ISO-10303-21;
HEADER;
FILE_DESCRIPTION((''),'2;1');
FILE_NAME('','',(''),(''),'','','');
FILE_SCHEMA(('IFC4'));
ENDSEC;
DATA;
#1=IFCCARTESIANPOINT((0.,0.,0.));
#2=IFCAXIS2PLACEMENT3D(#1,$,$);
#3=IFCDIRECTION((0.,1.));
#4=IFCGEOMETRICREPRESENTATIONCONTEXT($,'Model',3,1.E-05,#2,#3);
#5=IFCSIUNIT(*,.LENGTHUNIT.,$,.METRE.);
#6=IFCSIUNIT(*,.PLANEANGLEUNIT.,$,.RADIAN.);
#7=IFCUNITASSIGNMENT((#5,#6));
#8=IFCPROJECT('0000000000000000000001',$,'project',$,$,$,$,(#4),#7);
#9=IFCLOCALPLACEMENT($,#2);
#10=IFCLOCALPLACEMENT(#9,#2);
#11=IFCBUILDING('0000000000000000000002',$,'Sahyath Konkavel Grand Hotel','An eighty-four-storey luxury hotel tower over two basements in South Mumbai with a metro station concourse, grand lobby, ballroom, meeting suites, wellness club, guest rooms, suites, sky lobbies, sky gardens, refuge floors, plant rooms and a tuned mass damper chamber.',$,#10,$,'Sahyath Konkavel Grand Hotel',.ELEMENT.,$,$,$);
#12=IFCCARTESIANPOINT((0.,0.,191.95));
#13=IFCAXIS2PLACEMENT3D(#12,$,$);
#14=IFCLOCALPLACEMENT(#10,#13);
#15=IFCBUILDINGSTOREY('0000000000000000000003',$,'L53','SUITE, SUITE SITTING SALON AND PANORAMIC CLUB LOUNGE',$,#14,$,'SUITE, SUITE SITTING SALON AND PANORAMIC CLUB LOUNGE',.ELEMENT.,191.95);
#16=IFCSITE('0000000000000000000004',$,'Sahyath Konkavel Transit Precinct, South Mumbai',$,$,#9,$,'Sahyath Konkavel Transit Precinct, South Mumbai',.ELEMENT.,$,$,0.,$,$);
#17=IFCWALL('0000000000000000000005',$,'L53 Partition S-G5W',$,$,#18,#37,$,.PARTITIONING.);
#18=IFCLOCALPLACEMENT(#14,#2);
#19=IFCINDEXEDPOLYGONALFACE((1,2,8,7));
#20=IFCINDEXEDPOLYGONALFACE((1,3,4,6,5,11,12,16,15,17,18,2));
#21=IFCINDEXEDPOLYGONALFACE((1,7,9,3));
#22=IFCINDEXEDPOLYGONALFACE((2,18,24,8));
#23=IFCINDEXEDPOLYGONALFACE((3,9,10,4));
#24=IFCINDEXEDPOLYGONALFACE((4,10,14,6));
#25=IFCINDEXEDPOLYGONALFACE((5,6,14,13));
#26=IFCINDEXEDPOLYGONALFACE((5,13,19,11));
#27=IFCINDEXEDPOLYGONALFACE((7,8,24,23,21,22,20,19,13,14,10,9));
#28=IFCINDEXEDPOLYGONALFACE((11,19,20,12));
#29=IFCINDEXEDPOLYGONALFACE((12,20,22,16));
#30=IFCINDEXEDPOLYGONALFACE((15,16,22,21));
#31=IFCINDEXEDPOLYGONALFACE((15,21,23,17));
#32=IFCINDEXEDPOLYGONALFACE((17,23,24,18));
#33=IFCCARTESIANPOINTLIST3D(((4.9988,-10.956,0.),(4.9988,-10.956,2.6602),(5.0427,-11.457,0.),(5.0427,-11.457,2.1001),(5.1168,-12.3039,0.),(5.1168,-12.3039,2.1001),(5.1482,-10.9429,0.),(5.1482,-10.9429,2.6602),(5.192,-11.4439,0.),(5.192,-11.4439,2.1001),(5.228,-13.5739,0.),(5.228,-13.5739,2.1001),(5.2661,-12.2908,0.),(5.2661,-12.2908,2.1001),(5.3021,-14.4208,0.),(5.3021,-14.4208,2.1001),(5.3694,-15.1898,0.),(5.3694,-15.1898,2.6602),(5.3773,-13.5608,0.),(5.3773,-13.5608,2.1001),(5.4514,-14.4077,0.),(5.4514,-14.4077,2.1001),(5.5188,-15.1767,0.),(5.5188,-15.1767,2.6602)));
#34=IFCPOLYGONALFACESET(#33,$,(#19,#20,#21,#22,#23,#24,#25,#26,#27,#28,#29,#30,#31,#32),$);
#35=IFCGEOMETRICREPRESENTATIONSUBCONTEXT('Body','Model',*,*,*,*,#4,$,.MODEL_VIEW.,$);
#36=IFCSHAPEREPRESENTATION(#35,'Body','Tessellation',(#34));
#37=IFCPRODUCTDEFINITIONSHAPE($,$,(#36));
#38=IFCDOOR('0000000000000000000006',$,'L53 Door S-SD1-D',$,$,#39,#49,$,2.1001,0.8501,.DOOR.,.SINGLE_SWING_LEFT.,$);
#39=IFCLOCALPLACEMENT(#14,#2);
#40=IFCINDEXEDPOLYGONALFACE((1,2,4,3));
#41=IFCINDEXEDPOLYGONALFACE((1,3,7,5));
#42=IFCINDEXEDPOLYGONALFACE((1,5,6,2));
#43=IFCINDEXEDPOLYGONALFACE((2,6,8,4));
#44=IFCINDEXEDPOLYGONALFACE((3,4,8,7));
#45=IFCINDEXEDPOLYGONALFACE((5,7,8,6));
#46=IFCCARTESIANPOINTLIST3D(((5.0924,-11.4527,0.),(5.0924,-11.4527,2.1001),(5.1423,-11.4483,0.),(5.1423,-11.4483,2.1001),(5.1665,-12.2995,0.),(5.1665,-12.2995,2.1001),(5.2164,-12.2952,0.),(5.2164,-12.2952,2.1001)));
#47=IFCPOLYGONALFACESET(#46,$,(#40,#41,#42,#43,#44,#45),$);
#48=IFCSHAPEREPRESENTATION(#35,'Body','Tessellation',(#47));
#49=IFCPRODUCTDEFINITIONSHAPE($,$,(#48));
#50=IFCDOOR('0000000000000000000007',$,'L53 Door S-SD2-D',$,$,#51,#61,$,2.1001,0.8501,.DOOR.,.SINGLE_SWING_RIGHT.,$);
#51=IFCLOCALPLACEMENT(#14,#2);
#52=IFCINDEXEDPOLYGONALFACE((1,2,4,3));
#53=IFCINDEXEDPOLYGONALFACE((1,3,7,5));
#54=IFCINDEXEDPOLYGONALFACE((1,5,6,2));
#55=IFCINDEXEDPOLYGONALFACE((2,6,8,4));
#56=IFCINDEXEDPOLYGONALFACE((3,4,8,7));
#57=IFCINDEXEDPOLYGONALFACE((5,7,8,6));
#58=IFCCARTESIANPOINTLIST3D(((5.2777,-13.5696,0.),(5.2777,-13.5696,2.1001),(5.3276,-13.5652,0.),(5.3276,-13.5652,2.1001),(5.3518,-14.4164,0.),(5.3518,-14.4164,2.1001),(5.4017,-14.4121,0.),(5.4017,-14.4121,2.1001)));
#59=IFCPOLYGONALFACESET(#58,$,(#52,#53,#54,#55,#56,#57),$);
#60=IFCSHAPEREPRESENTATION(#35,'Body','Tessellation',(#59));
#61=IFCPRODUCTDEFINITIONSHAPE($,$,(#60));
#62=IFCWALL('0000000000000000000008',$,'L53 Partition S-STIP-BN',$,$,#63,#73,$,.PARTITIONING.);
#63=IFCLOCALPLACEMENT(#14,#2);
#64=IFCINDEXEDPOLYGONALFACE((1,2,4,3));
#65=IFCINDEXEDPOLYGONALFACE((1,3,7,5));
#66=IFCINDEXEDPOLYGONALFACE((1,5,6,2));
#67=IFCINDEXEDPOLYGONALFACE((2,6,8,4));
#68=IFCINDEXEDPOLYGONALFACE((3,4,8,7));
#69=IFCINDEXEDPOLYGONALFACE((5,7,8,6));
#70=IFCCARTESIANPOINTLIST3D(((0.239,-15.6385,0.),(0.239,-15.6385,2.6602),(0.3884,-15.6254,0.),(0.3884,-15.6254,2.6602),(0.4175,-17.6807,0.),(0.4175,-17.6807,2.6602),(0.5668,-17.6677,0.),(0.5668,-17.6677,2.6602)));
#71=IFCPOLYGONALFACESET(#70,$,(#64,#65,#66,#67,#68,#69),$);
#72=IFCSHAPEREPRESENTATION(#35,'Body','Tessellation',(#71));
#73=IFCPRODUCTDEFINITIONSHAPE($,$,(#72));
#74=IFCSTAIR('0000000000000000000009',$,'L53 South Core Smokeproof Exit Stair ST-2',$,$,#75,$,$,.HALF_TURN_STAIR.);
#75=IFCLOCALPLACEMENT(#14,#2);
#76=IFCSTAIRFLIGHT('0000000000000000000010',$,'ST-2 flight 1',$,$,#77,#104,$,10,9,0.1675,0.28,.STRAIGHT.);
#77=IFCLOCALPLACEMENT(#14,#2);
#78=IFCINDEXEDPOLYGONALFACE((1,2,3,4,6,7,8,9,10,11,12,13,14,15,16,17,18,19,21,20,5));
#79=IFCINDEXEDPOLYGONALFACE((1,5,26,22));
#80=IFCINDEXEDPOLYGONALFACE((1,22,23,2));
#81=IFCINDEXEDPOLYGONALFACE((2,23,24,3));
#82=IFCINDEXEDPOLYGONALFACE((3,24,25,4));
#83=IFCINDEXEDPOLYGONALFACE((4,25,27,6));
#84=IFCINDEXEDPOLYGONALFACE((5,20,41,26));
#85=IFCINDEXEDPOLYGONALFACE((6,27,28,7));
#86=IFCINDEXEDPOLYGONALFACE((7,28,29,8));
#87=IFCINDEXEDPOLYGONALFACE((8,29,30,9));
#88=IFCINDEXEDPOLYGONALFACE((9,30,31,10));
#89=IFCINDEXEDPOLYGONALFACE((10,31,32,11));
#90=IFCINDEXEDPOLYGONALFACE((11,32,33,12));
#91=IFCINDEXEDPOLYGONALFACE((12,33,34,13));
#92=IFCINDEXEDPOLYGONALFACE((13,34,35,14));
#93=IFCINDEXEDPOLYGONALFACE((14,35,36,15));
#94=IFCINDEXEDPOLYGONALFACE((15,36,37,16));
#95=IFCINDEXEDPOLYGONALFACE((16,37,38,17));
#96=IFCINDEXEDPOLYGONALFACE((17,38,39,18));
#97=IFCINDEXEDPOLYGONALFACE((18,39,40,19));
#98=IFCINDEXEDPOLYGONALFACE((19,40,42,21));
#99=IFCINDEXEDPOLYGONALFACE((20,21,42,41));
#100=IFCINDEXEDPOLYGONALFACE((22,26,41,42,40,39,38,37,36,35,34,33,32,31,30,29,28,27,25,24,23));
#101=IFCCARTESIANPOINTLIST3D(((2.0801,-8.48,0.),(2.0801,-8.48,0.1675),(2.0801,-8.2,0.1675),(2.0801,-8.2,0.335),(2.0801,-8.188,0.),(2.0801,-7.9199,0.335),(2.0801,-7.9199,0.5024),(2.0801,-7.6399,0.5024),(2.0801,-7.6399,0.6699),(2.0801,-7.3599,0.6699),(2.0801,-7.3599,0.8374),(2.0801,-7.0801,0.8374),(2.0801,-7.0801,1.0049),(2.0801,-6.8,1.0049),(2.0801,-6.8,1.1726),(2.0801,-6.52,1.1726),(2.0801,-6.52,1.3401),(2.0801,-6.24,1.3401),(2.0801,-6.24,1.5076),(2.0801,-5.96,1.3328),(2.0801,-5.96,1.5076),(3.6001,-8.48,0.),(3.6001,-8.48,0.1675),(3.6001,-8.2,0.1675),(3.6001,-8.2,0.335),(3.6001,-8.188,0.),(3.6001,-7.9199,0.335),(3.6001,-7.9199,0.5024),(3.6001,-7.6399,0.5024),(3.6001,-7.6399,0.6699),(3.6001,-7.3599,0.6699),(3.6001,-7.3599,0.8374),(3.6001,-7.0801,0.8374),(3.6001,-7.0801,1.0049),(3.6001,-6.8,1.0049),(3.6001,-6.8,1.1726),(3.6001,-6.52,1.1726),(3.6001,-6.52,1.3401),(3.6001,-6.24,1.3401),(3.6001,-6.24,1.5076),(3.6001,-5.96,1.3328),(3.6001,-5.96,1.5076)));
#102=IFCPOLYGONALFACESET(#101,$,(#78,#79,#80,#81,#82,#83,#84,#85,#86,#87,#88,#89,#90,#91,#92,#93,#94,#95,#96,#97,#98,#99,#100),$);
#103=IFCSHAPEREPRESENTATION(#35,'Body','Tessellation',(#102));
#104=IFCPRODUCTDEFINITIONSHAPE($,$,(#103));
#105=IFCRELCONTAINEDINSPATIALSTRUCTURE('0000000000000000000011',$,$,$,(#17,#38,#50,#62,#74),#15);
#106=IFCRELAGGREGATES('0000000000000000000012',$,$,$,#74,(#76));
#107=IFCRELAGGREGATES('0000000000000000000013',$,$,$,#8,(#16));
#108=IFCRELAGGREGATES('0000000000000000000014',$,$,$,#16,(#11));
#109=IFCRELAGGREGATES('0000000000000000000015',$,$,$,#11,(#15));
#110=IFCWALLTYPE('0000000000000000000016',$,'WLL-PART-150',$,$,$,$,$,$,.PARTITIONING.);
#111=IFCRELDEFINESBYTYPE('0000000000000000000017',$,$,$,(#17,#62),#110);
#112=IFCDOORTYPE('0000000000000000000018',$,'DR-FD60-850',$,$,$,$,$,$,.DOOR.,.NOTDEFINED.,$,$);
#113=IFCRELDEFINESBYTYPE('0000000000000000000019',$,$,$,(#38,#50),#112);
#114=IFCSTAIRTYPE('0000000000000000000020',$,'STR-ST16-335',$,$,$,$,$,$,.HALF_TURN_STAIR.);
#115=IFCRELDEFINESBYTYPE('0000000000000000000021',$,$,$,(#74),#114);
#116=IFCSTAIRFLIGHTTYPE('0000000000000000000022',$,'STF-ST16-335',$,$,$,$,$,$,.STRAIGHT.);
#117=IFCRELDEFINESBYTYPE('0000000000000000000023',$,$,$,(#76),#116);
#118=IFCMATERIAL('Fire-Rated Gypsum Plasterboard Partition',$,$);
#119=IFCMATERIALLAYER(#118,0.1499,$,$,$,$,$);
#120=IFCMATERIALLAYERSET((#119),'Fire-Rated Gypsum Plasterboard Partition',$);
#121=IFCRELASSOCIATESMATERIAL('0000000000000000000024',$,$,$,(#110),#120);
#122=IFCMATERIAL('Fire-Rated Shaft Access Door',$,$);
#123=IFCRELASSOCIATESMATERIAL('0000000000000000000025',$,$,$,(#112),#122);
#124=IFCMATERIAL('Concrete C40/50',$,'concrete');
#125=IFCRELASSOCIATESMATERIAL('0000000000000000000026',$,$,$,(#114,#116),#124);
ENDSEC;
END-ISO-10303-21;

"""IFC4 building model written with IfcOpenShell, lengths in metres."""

from ifc_helpers import new_model, si_unit, direction, frame, frame_2d, origin, origin_2d, place, context, subcontext, project, spatial, polyline, rectangle, outline, extrude, source, transform, mapped, material, layer, layer_set, type_object, element, fill, aggregate, save


model = new_model("IFC4")

# Units and contexts
model_context = context("Model", 3, precision=1e-05, world=origin(), true_north=direction((0.0, 1.0)))
body_context = subcontext(model_context, "Body", "Model", "MODEL_VIEW")
ifc_project = project(units=[si_unit("LENGTHUNIT", "METRE"), si_unit("PLANEANGLEUNIT", "RADIAN")], contexts=[model_context])

# Site, building, storey
site_placement = place(None, origin())
site = spatial("IfcSite", under=ifc_project, at=site_placement, Name="Sahyath Konkavel Transit Precinct, South Mumbai", LongName="Sahyath Konkavel Transit Precinct, South Mumbai", CompositionType="ELEMENT", RefElevation=0.0)
building_placement = place(site_placement, origin())
building = spatial("IfcBuilding", under=site, at=building_placement, Name="Sahyath Konkavel Grand Hotel", Description="An eighty-four-storey luxury hotel tower over two basements in South Mumbai with a metro station concourse, grand lobby, ballroom, meeting suites, wellness club, guest rooms, suites, sky lobbies, sky gardens, refuge floors, plant rooms and a tuned mass damper chamber.", LongName="Sahyath Konkavel Grand Hotel", CompositionType="ELEMENT")
storey_placement = place(building_placement, frame((0.0, 0.0, 191.95)))
storey = spatial("IfcBuildingStorey", under=building, at=storey_placement, Name="L53", Description="SUITE, SUITE SITTING SALON AND PANORAMIC CLUB LOUNGE", LongName="SUITE, SUITE SITTING SALON AND PANORAMIC CLUB LOUNGE", CompositionType="ELEMENT", Elevation=191.95)

# Wall, openings, doors
ifc_material_1 = material(Name="Fire-Rated Gypsum Plasterboard Partition")
ifc_layer_1 = layer(ifc_material_1, 0.1499)
ifc_layer_set_1 = layer_set([ifc_layer_1], Name="Fire-Rated Gypsum Plasterboard Partition")
wall_type_1 = type_object("IfcWallType", Name="WLL-PART-150", PredefinedType="PARTITIONING", material=ifc_layer_set_1)
wall_1_placement = place(storey_placement, frame((5.0735, -10.9495, 0.0), z_axis=(0.0, 0.0, 1.0), x_axis=(0.0872, -0.996191, 0.0)))
wall_1 = element("IfcWall", 1, at=wall_1_placement, inside=storey, type_object=wall_type_1, Name="L53 Partition S-G5W", PredefinedType="PARTITIONING", context=body_context, shape_type="SweptSolid", body=[
    extrude(rectangle(XDim=4.25, YDim=0.1499, at=frame_2d((2.125, 0.0))), origin(), (0.0, 0.0, 1.0), 2.6602),
])
opening_1_placement = place(wall_1_placement, frame((0.5029, 0.0, 0.0)))
opening_1 = element("IfcOpeningElement", 2, at=opening_1_placement, cuts=wall_1, PredefinedType="OPENING", context=body_context, shape_type="SweptSolid", body=[
    extrude(rectangle(XDim=0.8501, YDim=2.1001, at=frame_2d((0.425, 1.05))), frame((0.0, 0.085, 0.0), z_axis=(0.0, -1.0, 0.0), x_axis=(1.0, 0.0, 0.0)), (0.0, 0.0, 1.0), 0.1699),
])
opening_2_placement = place(wall_1_placement, frame((2.6279, 0.0, 0.0)))
opening_2 = element("IfcOpeningElement", 3, at=opening_2_placement, cuts=wall_1, PredefinedType="OPENING", context=body_context, shape_type="SweptSolid", body=[
    extrude(rectangle(XDim=0.8501, YDim=2.1001, at=frame_2d((0.425, 1.05))), frame((0.0, 0.085, 0.0), z_axis=(0.0, -1.0, 0.0), x_axis=(1.0, 0.0, 0.0)), (0.0, 0.0, 1.0), 0.1699),
])
ifc_material_2 = material(Name="Fire-Rated Shaft Access Door")
door_type = type_object("IfcDoorType", Name="DR-FD60-850", OperationType="NOTDEFINED", PredefinedType="DOOR", material=ifc_material_2)
shared_shape_1 = source(origin(), body_context, "Body", "SweptSolid", [
    extrude(rectangle(XDim=0.8501, YDim=0.05, at=origin_2d()), origin(), (0.0, 0.0, 1.0), 2.1001),
])
door_1_placement = place(opening_1_placement, frame((0.425, 0.0, 0.0)))
door_1 = element("IfcDoor", 4, at=door_1_placement, inside=storey, type_object=door_type, Name="L53 Door S-SD1-D", OperationType="SINGLE_SWING_LEFT", OverallHeight=2.1001, OverallWidth=0.8501, PredefinedType="DOOR", context=body_context, shape_type="MappedRepresentation", body=[
    mapped(shared_shape_1, transform((0.0, 0.0, 0.0), scale=1.0)),
])
fill(opening_1, door_1)
door_2_placement = place(opening_2_placement, frame((0.425, 0.0, 0.0)))
door_2 = element("IfcDoor", 5, at=door_2_placement, inside=storey, type_object=door_type, Name="L53 Door S-SD2-D", OperationType="SINGLE_SWING_RIGHT", OverallHeight=2.1001, OverallWidth=0.8501, PredefinedType="DOOR", context=body_context, shape_type="MappedRepresentation", body=[
    mapped(shared_shape_1, transform((0.0, 0.0, 0.0), scale=1.0)),
])
fill(opening_2, door_2)

# Wall
wall_2_placement = place(storey_placement, frame((0.3137, -15.6321, 0.0), z_axis=(0.0, 0.0, 1.0), x_axis=(0.087056, -0.996203, 0.0)))
element("IfcWall", 6, at=wall_2_placement, inside=storey, type_object=wall_type_1, Name="L53 Partition S-STIP-BN", PredefinedType="PARTITIONING", context=body_context, shape_type="SweptSolid", body=[
    extrude(rectangle(XDim=2.05, YDim=0.1499, at=frame_2d((1.0249, 0.0))), origin(), (0.0, 0.0, 1.0), 2.6602),
])

# Stair, stair flight
ifc_material_3 = material(Name="Concrete C40/50", Category="concrete")
stair_type = type_object("IfcStairType", Name="STR-ST16-335", PredefinedType="HALF_TURN_STAIR", material=ifc_material_3)
stair_placement = place(storey_placement, origin())
stair = element("IfcStair", 7, at=stair_placement, inside=storey, type_object=stair_type, Name="L53 South Core Smokeproof Exit Stair ST-2", PredefinedType="HALF_TURN_STAIR")
stair_flight_type = type_object("IfcStairFlightType", Name="STF-ST16-335", PredefinedType="STRAIGHT", material=ifc_material_3)
stair_flight_placement = place(storey_placement, frame((2.8401, -8.48, 0.0), z_axis=(0.0, 0.0, 1.0), x_axis=(0.0, 1.0, 0.0)))
stair_flight = element("IfcStairFlight", 8, at=stair_flight_placement, type_object=stair_flight_type, Name="ST-2 flight 1", NumberOfRisers=10, NumberOfTreads=9, PredefinedType="STRAIGHT", RiserHeight=0.1675, TreadLength=0.28, context=body_context, shape_type="SweptSolid", body=[
    extrude(outline(polyline([(0.0, 0.0), (0.0, 0.1675), (0.28, 0.1675), (0.28, 0.335), (0.5601, 0.335), (0.5601, 0.5024), (0.8401, 0.5024), (0.8401, 0.6699), (1.1201, 0.6699), (1.1201, 0.8374), (1.3999, 0.8374), (1.3999, 1.0049), (1.6799, 1.0049), (1.6799, 1.1726), (1.96, 1.1726), (1.96, 1.3401), (2.24, 1.3401), (2.24, 1.5076), (2.52, 1.5076), (2.52, 1.675), (2.52, 1.3328), (0.292, 0.0), (0.0, 0.0)])), frame((0.0, 0.76, 0.0), z_axis=(0.0, -1.0, 0.0), x_axis=(1.0, 0.0, 0.0)), (0.0, 0.0, 1.0), 1.52),
])
aggregate(stair, [stair_flight])

save(model, "model.ifc")
